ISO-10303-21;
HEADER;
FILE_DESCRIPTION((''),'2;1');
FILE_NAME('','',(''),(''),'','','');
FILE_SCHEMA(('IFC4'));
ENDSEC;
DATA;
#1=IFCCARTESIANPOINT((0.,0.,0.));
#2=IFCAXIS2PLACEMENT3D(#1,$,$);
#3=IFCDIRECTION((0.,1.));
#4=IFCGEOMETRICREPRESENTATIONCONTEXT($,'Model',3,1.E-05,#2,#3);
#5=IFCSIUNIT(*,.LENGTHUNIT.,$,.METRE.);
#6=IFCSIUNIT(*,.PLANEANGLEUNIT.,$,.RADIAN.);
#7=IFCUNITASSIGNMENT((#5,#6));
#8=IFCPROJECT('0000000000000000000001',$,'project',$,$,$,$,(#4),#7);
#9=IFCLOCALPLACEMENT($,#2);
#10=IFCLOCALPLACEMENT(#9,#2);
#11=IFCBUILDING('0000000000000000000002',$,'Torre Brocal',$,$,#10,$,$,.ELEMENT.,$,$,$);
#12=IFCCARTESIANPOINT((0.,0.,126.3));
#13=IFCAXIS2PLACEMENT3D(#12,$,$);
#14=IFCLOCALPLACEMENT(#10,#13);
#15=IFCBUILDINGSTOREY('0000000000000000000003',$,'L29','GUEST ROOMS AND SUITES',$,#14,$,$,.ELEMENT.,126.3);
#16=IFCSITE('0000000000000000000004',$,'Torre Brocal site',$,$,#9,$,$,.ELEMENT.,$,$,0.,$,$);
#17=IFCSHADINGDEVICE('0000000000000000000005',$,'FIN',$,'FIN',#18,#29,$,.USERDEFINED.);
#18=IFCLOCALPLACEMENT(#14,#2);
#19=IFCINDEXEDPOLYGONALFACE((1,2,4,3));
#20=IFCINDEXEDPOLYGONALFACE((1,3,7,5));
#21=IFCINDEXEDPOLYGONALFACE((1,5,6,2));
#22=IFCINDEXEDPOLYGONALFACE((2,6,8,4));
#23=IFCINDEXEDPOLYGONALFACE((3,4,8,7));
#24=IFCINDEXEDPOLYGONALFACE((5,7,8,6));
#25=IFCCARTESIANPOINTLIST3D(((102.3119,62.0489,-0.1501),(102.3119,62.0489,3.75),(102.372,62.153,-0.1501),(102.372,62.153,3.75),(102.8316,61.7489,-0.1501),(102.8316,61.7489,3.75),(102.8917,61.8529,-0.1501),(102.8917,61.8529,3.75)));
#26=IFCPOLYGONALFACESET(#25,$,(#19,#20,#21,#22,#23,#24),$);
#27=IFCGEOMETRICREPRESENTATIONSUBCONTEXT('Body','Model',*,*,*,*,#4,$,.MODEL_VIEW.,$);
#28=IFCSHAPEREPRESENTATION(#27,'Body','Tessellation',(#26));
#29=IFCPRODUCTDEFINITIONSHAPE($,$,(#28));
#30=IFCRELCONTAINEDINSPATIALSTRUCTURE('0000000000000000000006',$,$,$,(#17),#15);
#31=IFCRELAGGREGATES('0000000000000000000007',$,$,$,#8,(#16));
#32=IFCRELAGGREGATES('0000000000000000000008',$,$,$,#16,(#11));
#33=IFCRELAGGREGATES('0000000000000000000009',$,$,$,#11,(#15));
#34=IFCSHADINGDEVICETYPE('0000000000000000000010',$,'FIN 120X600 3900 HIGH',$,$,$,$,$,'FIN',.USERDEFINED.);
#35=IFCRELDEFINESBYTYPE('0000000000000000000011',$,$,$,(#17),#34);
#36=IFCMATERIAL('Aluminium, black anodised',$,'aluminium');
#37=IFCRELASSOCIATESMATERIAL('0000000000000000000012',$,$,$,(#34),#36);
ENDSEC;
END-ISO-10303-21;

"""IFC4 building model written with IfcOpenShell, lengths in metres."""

from ifc_helpers import new_model, si_unit, direction, frame, origin, origin_2d, place, context, subcontext, project, spatial, rectangle, extrude, material, material_profile, profile_set, type_object, element, save


model = new_model("IFC4")

# Units and contexts
model_context = context("Model", 3, precision=1e-05, world=origin(), true_north=direction((0.0, 1.0)))
body_context = subcontext(model_context, "Body", "Model", "MODEL_VIEW")
ifc_project = project(units=[si_unit("LENGTHUNIT", "METRE"), si_unit("PLANEANGLEUNIT", "RADIAN")], contexts=[model_context])

# Site, building, storey
site_placement = place(None, origin())
site = spatial("IfcSite", under=ifc_project, at=site_placement, Name="Torre Brocal site", CompositionType="ELEMENT", RefElevation=0.0)
building_placement = place(site_placement, origin())
building = spatial("IfcBuilding", under=site, at=building_placement, Name="Torre Brocal", CompositionType="ELEMENT")
storey_placement = place(building_placement, frame((0.0, 0.0, 126.3)))
storey = spatial("IfcBuildingStorey", under=building, at=storey_placement, Name="L29", Description="GUEST ROOMS AND SUITES", CompositionType="ELEMENT", Elevation=126.3)

# Shading device
ifc_material_1 = material(Name="Aluminium, black anodised", Category="aluminium")
ifc_material_profile_1 = material_profile(ifc_material_1, rectangle(XDim=0.1201, YDim=0.6001, at=origin_2d()), Name="FIN 120X600 3900 HIGH")
ifc_profile_set_1 = profile_set([ifc_material_profile_1], Name="Aluminium, black anodised")
shading_device_type = type_object("IfcShadingDeviceType", Name="FIN 120X600 3900 HIGH", ElementType="FIN", PredefinedType="USERDEFINED", material=ifc_profile_set_1)
for number, where, z_axis, x_axis, name in (
    (1, (102.6018, 61.9509, -0.1501), (0.0, 0.0, 1.0), (0.5, 0.866025, 0.0), "FIN"),
):
    element("IfcShadingDevice", number, at=place(storey_placement, frame(where, z_axis=z_axis, x_axis=x_axis)), inside=storey, type_object=shading_device_type, Name=name, ObjectType="FIN", PredefinedType="USERDEFINED", context=body_context, shape_type="SweptSolid", body=[
        extrude(rectangle(XDim=0.1201, YDim=0.6001, at=origin_2d()), origin(), (0.0, 0.0, 1.0), 3.9001),
    ])

save(model, "model.ifc")
